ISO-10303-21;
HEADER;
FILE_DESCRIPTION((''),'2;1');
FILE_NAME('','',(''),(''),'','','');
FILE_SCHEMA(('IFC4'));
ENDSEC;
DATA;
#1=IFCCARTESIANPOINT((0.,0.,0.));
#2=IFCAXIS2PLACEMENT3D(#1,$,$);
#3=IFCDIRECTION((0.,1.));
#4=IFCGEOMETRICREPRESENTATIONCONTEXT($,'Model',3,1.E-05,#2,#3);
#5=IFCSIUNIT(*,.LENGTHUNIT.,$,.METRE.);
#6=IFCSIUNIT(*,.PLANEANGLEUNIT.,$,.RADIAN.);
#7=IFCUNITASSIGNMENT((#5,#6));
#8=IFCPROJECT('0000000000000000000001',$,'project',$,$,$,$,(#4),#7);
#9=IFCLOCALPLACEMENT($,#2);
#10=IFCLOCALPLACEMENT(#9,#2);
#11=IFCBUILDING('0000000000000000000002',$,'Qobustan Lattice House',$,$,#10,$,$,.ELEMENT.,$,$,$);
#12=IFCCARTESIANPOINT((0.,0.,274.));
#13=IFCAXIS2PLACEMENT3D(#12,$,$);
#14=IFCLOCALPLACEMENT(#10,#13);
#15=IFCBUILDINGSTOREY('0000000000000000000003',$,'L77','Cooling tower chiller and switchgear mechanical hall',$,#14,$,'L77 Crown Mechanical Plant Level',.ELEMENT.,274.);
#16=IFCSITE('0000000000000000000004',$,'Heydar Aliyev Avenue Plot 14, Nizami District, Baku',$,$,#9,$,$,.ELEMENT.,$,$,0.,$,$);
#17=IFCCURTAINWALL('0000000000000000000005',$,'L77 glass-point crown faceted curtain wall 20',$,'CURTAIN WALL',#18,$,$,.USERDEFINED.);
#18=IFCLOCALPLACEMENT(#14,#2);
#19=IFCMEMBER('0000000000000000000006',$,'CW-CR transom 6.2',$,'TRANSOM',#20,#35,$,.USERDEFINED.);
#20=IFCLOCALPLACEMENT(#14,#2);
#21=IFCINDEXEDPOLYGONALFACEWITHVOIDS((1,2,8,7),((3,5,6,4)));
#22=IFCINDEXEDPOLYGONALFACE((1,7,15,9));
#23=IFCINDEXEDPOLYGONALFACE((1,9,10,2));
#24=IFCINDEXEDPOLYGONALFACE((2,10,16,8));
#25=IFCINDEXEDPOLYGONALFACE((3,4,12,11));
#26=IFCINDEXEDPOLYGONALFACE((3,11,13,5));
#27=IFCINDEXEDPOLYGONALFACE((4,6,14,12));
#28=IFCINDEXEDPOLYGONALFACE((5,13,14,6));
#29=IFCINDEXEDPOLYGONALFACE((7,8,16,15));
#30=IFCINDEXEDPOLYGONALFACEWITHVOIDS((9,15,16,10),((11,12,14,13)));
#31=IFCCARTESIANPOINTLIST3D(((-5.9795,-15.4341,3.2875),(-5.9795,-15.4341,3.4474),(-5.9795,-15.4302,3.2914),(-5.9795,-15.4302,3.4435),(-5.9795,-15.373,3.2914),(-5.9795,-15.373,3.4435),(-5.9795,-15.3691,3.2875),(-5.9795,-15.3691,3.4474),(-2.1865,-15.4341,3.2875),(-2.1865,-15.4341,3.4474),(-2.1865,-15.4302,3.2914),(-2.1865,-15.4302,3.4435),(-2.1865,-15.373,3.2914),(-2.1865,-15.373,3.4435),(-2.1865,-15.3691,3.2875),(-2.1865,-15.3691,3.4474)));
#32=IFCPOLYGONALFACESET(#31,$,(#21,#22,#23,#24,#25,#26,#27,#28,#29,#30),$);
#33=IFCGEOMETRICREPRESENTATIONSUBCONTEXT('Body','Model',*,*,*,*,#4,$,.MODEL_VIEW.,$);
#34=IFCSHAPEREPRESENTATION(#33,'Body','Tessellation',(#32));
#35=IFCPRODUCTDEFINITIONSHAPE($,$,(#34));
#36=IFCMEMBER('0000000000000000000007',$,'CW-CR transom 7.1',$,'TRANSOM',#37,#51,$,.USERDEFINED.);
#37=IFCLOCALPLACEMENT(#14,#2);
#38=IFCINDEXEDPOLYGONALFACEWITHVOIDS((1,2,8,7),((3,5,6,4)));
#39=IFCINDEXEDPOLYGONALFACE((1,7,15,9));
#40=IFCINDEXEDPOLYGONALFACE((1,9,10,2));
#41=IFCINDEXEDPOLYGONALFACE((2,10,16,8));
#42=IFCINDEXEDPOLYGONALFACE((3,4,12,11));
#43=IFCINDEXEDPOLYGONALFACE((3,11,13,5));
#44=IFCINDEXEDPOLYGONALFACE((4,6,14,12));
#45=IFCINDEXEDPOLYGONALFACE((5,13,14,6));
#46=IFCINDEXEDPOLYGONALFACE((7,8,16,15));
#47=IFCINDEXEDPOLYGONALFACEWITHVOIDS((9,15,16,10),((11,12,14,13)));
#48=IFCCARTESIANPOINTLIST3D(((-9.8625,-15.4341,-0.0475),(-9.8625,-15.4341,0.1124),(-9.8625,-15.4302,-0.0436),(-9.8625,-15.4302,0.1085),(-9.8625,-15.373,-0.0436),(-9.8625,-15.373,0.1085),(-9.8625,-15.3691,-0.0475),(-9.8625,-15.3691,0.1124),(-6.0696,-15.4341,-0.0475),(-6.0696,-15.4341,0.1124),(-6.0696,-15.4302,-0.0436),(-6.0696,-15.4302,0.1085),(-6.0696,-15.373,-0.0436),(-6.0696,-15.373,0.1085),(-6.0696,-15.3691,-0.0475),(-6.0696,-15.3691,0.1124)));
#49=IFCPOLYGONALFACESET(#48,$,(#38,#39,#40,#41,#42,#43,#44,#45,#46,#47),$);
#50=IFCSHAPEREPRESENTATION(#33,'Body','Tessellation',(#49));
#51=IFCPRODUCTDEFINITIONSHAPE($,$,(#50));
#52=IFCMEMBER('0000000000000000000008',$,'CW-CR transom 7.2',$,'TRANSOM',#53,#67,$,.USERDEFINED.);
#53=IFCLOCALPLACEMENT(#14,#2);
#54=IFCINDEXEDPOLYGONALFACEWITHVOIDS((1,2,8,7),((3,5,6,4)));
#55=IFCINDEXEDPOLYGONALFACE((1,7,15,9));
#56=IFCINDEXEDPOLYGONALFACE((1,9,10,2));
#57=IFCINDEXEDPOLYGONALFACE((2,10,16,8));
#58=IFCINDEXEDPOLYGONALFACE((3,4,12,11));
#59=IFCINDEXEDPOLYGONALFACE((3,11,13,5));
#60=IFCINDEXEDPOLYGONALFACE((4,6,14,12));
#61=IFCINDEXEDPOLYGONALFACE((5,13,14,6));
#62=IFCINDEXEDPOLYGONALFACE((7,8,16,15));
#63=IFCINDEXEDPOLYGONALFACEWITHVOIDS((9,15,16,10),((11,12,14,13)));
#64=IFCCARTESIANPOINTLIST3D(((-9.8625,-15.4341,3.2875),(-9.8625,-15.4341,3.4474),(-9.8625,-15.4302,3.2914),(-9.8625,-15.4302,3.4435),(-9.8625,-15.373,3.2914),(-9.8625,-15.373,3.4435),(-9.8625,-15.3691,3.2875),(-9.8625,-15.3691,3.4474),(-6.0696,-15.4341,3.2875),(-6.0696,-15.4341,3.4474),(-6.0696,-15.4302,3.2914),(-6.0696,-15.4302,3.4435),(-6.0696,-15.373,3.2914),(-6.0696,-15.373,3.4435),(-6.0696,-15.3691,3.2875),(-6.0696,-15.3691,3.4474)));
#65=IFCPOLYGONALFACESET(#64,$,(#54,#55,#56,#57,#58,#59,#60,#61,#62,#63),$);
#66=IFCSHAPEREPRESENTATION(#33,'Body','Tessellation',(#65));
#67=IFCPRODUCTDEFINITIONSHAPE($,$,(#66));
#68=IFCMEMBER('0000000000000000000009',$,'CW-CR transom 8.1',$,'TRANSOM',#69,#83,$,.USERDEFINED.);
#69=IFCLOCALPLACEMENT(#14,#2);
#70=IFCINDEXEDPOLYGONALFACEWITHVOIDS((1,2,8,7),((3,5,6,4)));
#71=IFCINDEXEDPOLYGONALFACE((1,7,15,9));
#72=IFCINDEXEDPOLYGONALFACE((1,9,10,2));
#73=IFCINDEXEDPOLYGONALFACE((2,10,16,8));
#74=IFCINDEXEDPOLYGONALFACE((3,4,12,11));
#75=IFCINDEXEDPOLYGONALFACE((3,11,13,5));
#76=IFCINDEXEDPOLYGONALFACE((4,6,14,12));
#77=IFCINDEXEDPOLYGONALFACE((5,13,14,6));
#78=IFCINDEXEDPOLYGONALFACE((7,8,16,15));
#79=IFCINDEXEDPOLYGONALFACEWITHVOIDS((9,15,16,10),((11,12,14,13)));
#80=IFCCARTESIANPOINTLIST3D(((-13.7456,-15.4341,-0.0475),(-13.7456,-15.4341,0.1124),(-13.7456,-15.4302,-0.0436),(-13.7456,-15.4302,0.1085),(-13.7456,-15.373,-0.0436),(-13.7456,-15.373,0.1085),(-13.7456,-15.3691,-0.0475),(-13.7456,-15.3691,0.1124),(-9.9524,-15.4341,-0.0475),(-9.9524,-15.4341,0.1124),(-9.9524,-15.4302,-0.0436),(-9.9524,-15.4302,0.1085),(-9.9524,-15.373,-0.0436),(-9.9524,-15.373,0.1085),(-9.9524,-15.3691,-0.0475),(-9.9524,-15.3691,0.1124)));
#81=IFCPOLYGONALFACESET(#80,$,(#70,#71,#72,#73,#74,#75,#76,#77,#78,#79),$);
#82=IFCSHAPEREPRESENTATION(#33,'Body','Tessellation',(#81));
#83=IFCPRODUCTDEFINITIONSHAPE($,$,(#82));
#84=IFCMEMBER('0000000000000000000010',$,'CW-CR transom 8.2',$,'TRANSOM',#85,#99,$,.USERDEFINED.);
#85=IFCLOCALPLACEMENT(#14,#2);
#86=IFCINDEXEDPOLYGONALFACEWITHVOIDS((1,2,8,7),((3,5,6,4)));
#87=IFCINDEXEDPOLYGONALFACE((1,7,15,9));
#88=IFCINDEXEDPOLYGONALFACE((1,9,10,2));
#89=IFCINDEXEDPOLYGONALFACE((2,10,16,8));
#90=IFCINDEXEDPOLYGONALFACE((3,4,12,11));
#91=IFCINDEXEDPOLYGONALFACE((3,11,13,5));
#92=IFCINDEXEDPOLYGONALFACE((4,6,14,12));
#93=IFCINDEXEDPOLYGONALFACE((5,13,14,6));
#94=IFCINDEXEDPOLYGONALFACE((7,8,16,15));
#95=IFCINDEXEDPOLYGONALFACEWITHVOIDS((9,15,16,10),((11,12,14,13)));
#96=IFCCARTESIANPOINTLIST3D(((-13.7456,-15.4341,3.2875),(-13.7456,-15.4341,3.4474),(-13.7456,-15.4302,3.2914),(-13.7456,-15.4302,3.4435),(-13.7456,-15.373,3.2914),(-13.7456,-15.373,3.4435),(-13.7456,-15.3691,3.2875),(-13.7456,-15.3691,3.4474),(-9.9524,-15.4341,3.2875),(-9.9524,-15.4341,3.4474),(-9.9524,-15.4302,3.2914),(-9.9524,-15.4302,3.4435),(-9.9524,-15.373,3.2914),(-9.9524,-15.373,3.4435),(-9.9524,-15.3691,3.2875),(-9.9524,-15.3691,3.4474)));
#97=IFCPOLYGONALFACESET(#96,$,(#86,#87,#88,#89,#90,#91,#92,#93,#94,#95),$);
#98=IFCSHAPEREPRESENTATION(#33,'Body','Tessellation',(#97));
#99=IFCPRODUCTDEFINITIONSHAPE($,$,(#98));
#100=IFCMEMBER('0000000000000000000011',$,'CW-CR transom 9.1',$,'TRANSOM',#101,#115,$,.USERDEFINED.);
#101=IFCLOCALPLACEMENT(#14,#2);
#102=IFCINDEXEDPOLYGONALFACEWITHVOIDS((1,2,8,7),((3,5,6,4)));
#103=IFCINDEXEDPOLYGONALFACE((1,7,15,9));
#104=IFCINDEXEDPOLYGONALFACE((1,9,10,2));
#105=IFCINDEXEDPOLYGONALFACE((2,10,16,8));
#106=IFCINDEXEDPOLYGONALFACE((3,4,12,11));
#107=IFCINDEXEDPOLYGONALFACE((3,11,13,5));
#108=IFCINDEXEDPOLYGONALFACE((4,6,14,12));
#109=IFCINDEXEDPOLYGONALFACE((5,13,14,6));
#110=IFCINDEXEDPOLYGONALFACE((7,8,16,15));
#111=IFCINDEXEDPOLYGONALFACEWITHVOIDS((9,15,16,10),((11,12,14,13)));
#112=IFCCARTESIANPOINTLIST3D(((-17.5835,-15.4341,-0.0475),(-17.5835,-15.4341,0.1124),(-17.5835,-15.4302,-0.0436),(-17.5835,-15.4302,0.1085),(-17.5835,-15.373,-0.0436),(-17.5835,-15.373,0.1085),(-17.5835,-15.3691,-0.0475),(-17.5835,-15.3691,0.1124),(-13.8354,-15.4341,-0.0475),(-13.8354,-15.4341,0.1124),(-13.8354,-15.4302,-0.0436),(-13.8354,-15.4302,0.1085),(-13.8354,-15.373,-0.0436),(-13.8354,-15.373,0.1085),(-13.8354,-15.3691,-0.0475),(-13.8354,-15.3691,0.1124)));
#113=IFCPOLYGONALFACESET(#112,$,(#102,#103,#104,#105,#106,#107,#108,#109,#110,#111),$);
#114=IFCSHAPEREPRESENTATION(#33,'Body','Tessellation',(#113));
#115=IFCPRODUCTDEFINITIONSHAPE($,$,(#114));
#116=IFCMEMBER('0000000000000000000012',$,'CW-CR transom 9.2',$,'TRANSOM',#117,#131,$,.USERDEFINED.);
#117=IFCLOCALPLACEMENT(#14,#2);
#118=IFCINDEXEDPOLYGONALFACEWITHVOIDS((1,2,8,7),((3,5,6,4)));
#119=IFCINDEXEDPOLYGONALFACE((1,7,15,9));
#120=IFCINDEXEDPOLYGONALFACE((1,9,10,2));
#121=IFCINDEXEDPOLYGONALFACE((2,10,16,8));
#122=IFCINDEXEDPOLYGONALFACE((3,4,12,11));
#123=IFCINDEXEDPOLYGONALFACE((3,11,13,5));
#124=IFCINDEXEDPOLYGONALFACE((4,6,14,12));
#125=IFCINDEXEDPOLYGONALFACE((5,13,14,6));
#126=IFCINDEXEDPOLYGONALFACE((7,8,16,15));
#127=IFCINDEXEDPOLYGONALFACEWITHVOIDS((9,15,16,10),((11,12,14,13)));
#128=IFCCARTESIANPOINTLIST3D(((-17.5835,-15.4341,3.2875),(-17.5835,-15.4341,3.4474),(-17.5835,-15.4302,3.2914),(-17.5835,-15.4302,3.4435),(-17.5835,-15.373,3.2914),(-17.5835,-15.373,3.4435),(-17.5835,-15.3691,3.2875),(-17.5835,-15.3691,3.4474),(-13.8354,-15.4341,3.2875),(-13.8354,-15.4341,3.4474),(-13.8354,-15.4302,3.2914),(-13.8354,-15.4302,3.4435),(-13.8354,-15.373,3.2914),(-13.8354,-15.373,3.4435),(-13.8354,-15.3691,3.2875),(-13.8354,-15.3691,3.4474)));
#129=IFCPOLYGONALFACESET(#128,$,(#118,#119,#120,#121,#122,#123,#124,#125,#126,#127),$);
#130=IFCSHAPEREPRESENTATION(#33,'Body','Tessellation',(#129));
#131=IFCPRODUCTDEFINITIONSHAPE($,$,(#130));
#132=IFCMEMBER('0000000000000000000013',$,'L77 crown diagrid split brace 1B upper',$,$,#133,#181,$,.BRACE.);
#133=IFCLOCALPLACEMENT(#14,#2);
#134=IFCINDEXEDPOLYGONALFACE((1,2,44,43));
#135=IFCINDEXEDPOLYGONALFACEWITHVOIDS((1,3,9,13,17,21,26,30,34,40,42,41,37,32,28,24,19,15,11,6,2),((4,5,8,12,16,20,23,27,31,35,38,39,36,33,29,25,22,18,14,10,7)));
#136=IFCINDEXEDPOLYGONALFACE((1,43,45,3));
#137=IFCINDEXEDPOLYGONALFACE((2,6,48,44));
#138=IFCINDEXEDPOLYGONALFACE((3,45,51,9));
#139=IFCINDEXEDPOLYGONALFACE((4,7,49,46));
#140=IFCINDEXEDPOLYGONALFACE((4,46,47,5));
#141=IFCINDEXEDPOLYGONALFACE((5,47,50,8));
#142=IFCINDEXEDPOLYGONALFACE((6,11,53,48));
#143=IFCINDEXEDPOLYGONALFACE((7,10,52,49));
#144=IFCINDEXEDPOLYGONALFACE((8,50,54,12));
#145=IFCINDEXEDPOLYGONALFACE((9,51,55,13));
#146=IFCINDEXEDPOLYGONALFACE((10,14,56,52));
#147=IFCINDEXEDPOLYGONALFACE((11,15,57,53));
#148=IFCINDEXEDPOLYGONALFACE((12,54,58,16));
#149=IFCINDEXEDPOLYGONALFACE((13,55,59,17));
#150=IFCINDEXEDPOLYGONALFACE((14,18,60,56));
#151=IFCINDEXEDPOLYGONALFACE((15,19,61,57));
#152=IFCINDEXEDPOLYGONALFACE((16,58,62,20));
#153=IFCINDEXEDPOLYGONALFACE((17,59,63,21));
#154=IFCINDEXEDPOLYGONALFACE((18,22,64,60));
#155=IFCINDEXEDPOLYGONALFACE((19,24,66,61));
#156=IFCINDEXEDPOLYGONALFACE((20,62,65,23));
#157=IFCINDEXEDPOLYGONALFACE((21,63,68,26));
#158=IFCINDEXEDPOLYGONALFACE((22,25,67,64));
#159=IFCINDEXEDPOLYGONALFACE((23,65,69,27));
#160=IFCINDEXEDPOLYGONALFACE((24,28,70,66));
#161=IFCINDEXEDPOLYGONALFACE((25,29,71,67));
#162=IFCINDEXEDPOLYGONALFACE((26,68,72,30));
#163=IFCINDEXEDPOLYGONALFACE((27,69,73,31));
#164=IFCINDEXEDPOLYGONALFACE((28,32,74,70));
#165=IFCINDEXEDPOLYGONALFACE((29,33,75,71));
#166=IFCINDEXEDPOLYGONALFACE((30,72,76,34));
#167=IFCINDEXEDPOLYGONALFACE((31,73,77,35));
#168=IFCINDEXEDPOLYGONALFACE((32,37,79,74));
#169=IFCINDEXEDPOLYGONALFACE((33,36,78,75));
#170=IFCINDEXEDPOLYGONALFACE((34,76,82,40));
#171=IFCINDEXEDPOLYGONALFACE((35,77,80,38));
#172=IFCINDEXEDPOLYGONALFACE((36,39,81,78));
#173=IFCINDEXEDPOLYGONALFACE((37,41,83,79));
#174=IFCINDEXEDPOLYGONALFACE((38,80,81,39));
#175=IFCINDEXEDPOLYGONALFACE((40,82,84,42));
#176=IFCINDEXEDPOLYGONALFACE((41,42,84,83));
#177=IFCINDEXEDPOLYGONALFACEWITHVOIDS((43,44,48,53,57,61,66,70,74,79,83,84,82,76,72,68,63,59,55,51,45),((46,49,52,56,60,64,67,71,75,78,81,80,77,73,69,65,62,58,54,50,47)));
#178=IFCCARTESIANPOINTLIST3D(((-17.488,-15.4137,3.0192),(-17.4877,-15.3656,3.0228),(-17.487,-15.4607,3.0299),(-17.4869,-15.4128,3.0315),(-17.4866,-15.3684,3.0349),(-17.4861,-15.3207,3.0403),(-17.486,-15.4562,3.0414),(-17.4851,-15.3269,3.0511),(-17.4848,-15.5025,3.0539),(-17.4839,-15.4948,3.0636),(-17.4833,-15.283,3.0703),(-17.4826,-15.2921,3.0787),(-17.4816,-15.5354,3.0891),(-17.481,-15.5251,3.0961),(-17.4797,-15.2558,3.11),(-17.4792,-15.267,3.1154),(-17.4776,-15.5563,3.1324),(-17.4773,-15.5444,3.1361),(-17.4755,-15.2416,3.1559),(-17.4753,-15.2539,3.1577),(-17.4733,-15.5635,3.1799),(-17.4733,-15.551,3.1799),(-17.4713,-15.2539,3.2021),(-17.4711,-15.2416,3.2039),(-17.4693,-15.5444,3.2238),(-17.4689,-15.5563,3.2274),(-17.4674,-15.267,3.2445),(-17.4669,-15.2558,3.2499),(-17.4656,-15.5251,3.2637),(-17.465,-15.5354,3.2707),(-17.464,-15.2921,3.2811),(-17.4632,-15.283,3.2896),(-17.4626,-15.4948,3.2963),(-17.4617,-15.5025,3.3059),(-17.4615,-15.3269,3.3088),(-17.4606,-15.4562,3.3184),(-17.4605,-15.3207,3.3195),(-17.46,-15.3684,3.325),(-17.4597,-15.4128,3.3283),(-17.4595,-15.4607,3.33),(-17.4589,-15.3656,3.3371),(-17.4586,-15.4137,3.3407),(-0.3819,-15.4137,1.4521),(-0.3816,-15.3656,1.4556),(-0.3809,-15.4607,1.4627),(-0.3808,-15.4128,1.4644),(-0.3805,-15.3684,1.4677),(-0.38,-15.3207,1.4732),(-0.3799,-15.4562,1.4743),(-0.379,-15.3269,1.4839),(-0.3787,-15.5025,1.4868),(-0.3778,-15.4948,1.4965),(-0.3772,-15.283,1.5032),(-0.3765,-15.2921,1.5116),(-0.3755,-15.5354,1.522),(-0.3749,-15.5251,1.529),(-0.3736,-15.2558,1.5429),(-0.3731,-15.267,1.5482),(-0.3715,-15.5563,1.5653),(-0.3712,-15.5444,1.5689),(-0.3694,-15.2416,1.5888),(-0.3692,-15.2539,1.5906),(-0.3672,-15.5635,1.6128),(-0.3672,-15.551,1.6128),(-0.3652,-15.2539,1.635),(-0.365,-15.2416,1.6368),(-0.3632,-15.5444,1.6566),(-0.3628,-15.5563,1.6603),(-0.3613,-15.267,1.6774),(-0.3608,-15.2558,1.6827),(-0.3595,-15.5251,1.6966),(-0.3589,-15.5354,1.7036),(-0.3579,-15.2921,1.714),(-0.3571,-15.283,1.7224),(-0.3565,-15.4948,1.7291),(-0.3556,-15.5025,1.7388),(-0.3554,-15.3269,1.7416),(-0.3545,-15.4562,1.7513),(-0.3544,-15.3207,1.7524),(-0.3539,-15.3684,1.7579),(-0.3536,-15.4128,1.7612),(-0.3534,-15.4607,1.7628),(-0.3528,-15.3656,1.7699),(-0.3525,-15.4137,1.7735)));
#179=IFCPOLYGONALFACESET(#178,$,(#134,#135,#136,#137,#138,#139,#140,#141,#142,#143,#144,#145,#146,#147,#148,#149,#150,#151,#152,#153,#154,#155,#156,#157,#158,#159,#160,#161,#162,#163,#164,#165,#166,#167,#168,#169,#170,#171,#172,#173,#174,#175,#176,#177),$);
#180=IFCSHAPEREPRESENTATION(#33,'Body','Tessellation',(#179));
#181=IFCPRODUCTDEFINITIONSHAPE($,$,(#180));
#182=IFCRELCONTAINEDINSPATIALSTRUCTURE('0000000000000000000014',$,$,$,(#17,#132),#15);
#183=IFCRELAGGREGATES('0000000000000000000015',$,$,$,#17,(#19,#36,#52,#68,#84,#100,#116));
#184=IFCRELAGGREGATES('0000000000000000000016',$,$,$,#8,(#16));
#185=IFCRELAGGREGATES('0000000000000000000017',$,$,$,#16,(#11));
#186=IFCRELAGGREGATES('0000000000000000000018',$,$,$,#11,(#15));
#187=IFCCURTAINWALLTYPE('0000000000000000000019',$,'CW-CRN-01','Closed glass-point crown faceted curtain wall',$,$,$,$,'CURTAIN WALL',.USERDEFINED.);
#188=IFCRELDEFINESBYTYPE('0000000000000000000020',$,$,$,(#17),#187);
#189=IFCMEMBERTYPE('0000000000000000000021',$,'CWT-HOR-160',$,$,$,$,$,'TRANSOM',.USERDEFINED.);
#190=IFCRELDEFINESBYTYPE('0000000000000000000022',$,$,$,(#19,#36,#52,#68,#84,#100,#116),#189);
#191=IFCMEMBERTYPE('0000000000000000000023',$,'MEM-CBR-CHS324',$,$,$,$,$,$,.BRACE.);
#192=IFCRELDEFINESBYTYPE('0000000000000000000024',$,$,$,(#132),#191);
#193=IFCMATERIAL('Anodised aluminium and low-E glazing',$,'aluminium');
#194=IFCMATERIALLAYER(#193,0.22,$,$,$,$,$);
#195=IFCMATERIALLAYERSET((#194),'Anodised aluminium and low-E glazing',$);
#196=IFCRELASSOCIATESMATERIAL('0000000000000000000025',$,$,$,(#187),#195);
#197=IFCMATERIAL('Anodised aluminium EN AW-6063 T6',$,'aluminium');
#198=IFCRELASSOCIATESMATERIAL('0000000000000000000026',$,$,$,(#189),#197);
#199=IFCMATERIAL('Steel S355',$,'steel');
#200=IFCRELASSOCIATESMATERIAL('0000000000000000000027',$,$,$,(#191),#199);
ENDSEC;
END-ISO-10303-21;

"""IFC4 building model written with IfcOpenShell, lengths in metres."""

from ifc_helpers import new_model, si_unit, direction, frame, origin, origin_2d, place, context, subcontext, project, spatial, hollow_rectangle, hollow_circle, extrude, material, layer, layer_set, material_profile, profile_set, type_object, element, aggregate, save


model = new_model("IFC4")

# Units and contexts
model_context = context("Model", 3, precision=1e-05, world=origin(), true_north=direction((0.0, 1.0)))
body_context = subcontext(model_context, "Body", "Model", "MODEL_VIEW")
ifc_project = project(units=[si_unit("LENGTHUNIT", "METRE"), si_unit("PLANEANGLEUNIT", "RADIAN")], contexts=[model_context])

# Site, building, storey
site_placement = place(None, origin())
site = spatial("IfcSite", under=ifc_project, at=site_placement, Name="Heydar Aliyev Avenue Plot 14, Nizami District, Baku", CompositionType="ELEMENT", RefElevation=0.0)
building_placement = place(site_placement, origin())
building = spatial("IfcBuilding", under=site, at=building_placement, Name="Qobustan Lattice House", CompositionType="ELEMENT")
storey_placement = place(building_placement, frame((0.0, 0.0, 274.0)))
storey = spatial("IfcBuildingStorey", under=building, at=storey_placement, Name="L77", Description="Cooling tower chiller and switchgear mechanical hall", LongName="L77 Crown Mechanical Plant Level", CompositionType="ELEMENT", Elevation=274.0)

# Curtain wall, members
ifc_material_1 = material(Name="Anodised aluminium and low-E glazing", Category="aluminium")
ifc_layer_1 = layer(ifc_material_1, 0.22)
ifc_layer_set_1 = layer_set([ifc_layer_1], Name="Anodised aluminium and low-E glazing")
curtain_wall_type = type_object("IfcCurtainWallType", Name="CW-CRN-01", Description="Closed glass-point crown faceted curtain wall", ElementType="CURTAIN WALL", PredefinedType="USERDEFINED", material=ifc_layer_set_1)
curtain_wall_placement = place(storey_placement, origin())
curtain_wall = element("IfcCurtainWall", 1, at=curtain_wall_placement, inside=storey, type_object=curtain_wall_type, Name="L77 glass-point crown faceted curtain wall 20", ObjectType="CURTAIN WALL", PredefinedType="USERDEFINED")
ifc_material_2 = material(Name="Anodised aluminium EN AW-6063 T6", Category="aluminium")
ifc_material_profile_1 = material_profile(ifc_material_2, hollow_rectangle(XDim=0.0649, YDim=0.1599, WallThickness=0.0039, at=origin_2d()), Name="CWT-160x65")
ifc_profile_set_1 = profile_set([ifc_material_profile_1], Name="Anodised aluminium EN AW-6063 T6")
member_type_1 = type_object("IfcMemberType", Name="CWT-HOR-160", ElementType="TRANSOM", PredefinedType="USERDEFINED", material=ifc_profile_set_1)
member_1_placement = place(storey_placement, frame((-2.1865, -15.4016, 3.3674), z_axis=(-1.0, 0.0, 0.0), x_axis=(0.0, -1.0, 0.0)))
member_1 = element("IfcMember", 2, at=member_1_placement, type_object=member_type_1, Name="CW-CR transom 6.2", ObjectType="TRANSOM", PredefinedType="USERDEFINED", context=body_context, shape_type="SweptSolid", body=[
    extrude(hollow_rectangle(XDim=0.0649, YDim=0.1599, WallThickness=0.0039, at=origin_2d()), origin(), (0.0, 0.0, 1.0), 3.793),
])
member_2_placement = place(storey_placement, frame((-6.0696, -15.4016, 0.0325), z_axis=(-1.0, 0.0, 0.0), x_axis=(0.0, -1.0, 0.0)))
member_2 = element("IfcMember", 3, at=member_2_placement, type_object=member_type_1, Name="CW-CR transom 7.1", ObjectType="TRANSOM", PredefinedType="USERDEFINED", context=body_context, shape_type="SweptSolid", body=[
    extrude(hollow_rectangle(XDim=0.0649, YDim=0.1599, WallThickness=0.0039, at=origin_2d()), origin(), (0.0, 0.0, 1.0), 3.793),
])
member_3_placement = place(storey_placement, frame((-6.0696, -15.4016, 3.3674), z_axis=(-1.0, 0.0, 0.0), x_axis=(0.0, -1.0, 0.0)))
member_3 = element("IfcMember", 4, at=member_3_placement, type_object=member_type_1, Name="CW-CR transom 7.2", ObjectType="TRANSOM", PredefinedType="USERDEFINED", context=body_context, shape_type="SweptSolid", body=[
    extrude(hollow_rectangle(XDim=0.0649, YDim=0.1599, WallThickness=0.0039, at=origin_2d()), origin(), (0.0, 0.0, 1.0), 3.793),
])
member_4_placement = place(storey_placement, frame((-9.9524, -15.4016, 0.0325), z_axis=(-1.0, 0.0, 0.0), x_axis=(0.0, -1.0, 0.0)))
member_4 = element("IfcMember", 5, at=member_4_placement, type_object=member_type_1, Name="CW-CR transom 8.1", ObjectType="TRANSOM", PredefinedType="USERDEFINED", context=body_context, shape_type="SweptSolid", body=[
    extrude(hollow_rectangle(XDim=0.0649, YDim=0.1599, WallThickness=0.0039, at=origin_2d()), origin(), (0.0, 0.0, 1.0), 3.7932),
])
member_5_placement = place(storey_placement, frame((-9.9524, -15.4016, 3.3674), z_axis=(-1.0, 0.0, 0.0), x_axis=(0.0, -1.0, 0.0)))
member_5 = element("IfcMember", 6, at=member_5_placement, type_object=member_type_1, Name="CW-CR transom 8.2", ObjectType="TRANSOM", PredefinedType="USERDEFINED", context=body_context, shape_type="SweptSolid", body=[
    extrude(hollow_rectangle(XDim=0.0649, YDim=0.1599, WallThickness=0.0039, at=origin_2d()), origin(), (0.0, 0.0, 1.0), 3.7932),
])
member_6_placement = place(storey_placement, frame((-13.8354, -15.4016, 0.0325), z_axis=(-1.0, 0.0, 0.0), x_axis=(0.0, -1.0, 0.0)))
member_6 = element("IfcMember", 7, at=member_6_placement, type_object=member_type_1, Name="CW-CR transom 9.1", ObjectType="TRANSOM", PredefinedType="USERDEFINED", context=body_context, shape_type="SweptSolid", body=[
    extrude(hollow_rectangle(XDim=0.0649, YDim=0.1599, WallThickness=0.0039, at=origin_2d()), origin(), (0.0, 0.0, 1.0), 3.748),
])
member_7_placement = place(storey_placement, frame((-13.8354, -15.4016, 3.3674), z_axis=(-1.0, 0.0, 0.0), x_axis=(0.0, -1.0, 0.0)))
member_7 = element("IfcMember", 8, at=member_7_placement, type_object=member_type_1, Name="CW-CR transom 9.2", ObjectType="TRANSOM", PredefinedType="USERDEFINED", context=body_context, shape_type="SweptSolid", body=[
    extrude(hollow_rectangle(XDim=0.0649, YDim=0.1599, WallThickness=0.0039, at=origin_2d()), origin(), (0.0, 0.0, 1.0), 3.748),
])

# Member
ifc_material_3 = material(Name="Steel S355", Category="steel")
ifc_material_profile_2 = material_profile(ifc_material_3, hollow_circle(Radius=0.1619, WallThickness=0.0125, at=origin_2d()), Name="CHS323.9x12.5")
ifc_profile_set_2 = profile_set([ifc_material_profile_2], Name="Steel S355")
member_type_2 = type_object("IfcMemberType", Name="MEM-CBR-CHS324", PredefinedType="BRACE", material=ifc_profile_set_2)
member_8_placement = place(storey_placement, frame((-0.3672, -15.4016, 1.6128), z_axis=(-0.99583, 0.0, 0.09123), x_axis=(0.0, -1.0, 0.0)))
element("IfcMember", 9, at=member_8_placement, inside=storey, type_object=member_type_2, Name="L77 crown diagrid split brace 1B upper", PredefinedType="BRACE", context=body_context, shape_type="SweptSolid", body=[
    extrude(hollow_circle(Radius=0.1619, WallThickness=0.0125, at=origin_2d()), origin(), (0.0, 0.0, 1.0), 17.1777),
])

aggregate(curtain_wall, [member_1, member_2, member_3, member_4, member_5, member_6, member_7])

save(model, "model.ifc")
